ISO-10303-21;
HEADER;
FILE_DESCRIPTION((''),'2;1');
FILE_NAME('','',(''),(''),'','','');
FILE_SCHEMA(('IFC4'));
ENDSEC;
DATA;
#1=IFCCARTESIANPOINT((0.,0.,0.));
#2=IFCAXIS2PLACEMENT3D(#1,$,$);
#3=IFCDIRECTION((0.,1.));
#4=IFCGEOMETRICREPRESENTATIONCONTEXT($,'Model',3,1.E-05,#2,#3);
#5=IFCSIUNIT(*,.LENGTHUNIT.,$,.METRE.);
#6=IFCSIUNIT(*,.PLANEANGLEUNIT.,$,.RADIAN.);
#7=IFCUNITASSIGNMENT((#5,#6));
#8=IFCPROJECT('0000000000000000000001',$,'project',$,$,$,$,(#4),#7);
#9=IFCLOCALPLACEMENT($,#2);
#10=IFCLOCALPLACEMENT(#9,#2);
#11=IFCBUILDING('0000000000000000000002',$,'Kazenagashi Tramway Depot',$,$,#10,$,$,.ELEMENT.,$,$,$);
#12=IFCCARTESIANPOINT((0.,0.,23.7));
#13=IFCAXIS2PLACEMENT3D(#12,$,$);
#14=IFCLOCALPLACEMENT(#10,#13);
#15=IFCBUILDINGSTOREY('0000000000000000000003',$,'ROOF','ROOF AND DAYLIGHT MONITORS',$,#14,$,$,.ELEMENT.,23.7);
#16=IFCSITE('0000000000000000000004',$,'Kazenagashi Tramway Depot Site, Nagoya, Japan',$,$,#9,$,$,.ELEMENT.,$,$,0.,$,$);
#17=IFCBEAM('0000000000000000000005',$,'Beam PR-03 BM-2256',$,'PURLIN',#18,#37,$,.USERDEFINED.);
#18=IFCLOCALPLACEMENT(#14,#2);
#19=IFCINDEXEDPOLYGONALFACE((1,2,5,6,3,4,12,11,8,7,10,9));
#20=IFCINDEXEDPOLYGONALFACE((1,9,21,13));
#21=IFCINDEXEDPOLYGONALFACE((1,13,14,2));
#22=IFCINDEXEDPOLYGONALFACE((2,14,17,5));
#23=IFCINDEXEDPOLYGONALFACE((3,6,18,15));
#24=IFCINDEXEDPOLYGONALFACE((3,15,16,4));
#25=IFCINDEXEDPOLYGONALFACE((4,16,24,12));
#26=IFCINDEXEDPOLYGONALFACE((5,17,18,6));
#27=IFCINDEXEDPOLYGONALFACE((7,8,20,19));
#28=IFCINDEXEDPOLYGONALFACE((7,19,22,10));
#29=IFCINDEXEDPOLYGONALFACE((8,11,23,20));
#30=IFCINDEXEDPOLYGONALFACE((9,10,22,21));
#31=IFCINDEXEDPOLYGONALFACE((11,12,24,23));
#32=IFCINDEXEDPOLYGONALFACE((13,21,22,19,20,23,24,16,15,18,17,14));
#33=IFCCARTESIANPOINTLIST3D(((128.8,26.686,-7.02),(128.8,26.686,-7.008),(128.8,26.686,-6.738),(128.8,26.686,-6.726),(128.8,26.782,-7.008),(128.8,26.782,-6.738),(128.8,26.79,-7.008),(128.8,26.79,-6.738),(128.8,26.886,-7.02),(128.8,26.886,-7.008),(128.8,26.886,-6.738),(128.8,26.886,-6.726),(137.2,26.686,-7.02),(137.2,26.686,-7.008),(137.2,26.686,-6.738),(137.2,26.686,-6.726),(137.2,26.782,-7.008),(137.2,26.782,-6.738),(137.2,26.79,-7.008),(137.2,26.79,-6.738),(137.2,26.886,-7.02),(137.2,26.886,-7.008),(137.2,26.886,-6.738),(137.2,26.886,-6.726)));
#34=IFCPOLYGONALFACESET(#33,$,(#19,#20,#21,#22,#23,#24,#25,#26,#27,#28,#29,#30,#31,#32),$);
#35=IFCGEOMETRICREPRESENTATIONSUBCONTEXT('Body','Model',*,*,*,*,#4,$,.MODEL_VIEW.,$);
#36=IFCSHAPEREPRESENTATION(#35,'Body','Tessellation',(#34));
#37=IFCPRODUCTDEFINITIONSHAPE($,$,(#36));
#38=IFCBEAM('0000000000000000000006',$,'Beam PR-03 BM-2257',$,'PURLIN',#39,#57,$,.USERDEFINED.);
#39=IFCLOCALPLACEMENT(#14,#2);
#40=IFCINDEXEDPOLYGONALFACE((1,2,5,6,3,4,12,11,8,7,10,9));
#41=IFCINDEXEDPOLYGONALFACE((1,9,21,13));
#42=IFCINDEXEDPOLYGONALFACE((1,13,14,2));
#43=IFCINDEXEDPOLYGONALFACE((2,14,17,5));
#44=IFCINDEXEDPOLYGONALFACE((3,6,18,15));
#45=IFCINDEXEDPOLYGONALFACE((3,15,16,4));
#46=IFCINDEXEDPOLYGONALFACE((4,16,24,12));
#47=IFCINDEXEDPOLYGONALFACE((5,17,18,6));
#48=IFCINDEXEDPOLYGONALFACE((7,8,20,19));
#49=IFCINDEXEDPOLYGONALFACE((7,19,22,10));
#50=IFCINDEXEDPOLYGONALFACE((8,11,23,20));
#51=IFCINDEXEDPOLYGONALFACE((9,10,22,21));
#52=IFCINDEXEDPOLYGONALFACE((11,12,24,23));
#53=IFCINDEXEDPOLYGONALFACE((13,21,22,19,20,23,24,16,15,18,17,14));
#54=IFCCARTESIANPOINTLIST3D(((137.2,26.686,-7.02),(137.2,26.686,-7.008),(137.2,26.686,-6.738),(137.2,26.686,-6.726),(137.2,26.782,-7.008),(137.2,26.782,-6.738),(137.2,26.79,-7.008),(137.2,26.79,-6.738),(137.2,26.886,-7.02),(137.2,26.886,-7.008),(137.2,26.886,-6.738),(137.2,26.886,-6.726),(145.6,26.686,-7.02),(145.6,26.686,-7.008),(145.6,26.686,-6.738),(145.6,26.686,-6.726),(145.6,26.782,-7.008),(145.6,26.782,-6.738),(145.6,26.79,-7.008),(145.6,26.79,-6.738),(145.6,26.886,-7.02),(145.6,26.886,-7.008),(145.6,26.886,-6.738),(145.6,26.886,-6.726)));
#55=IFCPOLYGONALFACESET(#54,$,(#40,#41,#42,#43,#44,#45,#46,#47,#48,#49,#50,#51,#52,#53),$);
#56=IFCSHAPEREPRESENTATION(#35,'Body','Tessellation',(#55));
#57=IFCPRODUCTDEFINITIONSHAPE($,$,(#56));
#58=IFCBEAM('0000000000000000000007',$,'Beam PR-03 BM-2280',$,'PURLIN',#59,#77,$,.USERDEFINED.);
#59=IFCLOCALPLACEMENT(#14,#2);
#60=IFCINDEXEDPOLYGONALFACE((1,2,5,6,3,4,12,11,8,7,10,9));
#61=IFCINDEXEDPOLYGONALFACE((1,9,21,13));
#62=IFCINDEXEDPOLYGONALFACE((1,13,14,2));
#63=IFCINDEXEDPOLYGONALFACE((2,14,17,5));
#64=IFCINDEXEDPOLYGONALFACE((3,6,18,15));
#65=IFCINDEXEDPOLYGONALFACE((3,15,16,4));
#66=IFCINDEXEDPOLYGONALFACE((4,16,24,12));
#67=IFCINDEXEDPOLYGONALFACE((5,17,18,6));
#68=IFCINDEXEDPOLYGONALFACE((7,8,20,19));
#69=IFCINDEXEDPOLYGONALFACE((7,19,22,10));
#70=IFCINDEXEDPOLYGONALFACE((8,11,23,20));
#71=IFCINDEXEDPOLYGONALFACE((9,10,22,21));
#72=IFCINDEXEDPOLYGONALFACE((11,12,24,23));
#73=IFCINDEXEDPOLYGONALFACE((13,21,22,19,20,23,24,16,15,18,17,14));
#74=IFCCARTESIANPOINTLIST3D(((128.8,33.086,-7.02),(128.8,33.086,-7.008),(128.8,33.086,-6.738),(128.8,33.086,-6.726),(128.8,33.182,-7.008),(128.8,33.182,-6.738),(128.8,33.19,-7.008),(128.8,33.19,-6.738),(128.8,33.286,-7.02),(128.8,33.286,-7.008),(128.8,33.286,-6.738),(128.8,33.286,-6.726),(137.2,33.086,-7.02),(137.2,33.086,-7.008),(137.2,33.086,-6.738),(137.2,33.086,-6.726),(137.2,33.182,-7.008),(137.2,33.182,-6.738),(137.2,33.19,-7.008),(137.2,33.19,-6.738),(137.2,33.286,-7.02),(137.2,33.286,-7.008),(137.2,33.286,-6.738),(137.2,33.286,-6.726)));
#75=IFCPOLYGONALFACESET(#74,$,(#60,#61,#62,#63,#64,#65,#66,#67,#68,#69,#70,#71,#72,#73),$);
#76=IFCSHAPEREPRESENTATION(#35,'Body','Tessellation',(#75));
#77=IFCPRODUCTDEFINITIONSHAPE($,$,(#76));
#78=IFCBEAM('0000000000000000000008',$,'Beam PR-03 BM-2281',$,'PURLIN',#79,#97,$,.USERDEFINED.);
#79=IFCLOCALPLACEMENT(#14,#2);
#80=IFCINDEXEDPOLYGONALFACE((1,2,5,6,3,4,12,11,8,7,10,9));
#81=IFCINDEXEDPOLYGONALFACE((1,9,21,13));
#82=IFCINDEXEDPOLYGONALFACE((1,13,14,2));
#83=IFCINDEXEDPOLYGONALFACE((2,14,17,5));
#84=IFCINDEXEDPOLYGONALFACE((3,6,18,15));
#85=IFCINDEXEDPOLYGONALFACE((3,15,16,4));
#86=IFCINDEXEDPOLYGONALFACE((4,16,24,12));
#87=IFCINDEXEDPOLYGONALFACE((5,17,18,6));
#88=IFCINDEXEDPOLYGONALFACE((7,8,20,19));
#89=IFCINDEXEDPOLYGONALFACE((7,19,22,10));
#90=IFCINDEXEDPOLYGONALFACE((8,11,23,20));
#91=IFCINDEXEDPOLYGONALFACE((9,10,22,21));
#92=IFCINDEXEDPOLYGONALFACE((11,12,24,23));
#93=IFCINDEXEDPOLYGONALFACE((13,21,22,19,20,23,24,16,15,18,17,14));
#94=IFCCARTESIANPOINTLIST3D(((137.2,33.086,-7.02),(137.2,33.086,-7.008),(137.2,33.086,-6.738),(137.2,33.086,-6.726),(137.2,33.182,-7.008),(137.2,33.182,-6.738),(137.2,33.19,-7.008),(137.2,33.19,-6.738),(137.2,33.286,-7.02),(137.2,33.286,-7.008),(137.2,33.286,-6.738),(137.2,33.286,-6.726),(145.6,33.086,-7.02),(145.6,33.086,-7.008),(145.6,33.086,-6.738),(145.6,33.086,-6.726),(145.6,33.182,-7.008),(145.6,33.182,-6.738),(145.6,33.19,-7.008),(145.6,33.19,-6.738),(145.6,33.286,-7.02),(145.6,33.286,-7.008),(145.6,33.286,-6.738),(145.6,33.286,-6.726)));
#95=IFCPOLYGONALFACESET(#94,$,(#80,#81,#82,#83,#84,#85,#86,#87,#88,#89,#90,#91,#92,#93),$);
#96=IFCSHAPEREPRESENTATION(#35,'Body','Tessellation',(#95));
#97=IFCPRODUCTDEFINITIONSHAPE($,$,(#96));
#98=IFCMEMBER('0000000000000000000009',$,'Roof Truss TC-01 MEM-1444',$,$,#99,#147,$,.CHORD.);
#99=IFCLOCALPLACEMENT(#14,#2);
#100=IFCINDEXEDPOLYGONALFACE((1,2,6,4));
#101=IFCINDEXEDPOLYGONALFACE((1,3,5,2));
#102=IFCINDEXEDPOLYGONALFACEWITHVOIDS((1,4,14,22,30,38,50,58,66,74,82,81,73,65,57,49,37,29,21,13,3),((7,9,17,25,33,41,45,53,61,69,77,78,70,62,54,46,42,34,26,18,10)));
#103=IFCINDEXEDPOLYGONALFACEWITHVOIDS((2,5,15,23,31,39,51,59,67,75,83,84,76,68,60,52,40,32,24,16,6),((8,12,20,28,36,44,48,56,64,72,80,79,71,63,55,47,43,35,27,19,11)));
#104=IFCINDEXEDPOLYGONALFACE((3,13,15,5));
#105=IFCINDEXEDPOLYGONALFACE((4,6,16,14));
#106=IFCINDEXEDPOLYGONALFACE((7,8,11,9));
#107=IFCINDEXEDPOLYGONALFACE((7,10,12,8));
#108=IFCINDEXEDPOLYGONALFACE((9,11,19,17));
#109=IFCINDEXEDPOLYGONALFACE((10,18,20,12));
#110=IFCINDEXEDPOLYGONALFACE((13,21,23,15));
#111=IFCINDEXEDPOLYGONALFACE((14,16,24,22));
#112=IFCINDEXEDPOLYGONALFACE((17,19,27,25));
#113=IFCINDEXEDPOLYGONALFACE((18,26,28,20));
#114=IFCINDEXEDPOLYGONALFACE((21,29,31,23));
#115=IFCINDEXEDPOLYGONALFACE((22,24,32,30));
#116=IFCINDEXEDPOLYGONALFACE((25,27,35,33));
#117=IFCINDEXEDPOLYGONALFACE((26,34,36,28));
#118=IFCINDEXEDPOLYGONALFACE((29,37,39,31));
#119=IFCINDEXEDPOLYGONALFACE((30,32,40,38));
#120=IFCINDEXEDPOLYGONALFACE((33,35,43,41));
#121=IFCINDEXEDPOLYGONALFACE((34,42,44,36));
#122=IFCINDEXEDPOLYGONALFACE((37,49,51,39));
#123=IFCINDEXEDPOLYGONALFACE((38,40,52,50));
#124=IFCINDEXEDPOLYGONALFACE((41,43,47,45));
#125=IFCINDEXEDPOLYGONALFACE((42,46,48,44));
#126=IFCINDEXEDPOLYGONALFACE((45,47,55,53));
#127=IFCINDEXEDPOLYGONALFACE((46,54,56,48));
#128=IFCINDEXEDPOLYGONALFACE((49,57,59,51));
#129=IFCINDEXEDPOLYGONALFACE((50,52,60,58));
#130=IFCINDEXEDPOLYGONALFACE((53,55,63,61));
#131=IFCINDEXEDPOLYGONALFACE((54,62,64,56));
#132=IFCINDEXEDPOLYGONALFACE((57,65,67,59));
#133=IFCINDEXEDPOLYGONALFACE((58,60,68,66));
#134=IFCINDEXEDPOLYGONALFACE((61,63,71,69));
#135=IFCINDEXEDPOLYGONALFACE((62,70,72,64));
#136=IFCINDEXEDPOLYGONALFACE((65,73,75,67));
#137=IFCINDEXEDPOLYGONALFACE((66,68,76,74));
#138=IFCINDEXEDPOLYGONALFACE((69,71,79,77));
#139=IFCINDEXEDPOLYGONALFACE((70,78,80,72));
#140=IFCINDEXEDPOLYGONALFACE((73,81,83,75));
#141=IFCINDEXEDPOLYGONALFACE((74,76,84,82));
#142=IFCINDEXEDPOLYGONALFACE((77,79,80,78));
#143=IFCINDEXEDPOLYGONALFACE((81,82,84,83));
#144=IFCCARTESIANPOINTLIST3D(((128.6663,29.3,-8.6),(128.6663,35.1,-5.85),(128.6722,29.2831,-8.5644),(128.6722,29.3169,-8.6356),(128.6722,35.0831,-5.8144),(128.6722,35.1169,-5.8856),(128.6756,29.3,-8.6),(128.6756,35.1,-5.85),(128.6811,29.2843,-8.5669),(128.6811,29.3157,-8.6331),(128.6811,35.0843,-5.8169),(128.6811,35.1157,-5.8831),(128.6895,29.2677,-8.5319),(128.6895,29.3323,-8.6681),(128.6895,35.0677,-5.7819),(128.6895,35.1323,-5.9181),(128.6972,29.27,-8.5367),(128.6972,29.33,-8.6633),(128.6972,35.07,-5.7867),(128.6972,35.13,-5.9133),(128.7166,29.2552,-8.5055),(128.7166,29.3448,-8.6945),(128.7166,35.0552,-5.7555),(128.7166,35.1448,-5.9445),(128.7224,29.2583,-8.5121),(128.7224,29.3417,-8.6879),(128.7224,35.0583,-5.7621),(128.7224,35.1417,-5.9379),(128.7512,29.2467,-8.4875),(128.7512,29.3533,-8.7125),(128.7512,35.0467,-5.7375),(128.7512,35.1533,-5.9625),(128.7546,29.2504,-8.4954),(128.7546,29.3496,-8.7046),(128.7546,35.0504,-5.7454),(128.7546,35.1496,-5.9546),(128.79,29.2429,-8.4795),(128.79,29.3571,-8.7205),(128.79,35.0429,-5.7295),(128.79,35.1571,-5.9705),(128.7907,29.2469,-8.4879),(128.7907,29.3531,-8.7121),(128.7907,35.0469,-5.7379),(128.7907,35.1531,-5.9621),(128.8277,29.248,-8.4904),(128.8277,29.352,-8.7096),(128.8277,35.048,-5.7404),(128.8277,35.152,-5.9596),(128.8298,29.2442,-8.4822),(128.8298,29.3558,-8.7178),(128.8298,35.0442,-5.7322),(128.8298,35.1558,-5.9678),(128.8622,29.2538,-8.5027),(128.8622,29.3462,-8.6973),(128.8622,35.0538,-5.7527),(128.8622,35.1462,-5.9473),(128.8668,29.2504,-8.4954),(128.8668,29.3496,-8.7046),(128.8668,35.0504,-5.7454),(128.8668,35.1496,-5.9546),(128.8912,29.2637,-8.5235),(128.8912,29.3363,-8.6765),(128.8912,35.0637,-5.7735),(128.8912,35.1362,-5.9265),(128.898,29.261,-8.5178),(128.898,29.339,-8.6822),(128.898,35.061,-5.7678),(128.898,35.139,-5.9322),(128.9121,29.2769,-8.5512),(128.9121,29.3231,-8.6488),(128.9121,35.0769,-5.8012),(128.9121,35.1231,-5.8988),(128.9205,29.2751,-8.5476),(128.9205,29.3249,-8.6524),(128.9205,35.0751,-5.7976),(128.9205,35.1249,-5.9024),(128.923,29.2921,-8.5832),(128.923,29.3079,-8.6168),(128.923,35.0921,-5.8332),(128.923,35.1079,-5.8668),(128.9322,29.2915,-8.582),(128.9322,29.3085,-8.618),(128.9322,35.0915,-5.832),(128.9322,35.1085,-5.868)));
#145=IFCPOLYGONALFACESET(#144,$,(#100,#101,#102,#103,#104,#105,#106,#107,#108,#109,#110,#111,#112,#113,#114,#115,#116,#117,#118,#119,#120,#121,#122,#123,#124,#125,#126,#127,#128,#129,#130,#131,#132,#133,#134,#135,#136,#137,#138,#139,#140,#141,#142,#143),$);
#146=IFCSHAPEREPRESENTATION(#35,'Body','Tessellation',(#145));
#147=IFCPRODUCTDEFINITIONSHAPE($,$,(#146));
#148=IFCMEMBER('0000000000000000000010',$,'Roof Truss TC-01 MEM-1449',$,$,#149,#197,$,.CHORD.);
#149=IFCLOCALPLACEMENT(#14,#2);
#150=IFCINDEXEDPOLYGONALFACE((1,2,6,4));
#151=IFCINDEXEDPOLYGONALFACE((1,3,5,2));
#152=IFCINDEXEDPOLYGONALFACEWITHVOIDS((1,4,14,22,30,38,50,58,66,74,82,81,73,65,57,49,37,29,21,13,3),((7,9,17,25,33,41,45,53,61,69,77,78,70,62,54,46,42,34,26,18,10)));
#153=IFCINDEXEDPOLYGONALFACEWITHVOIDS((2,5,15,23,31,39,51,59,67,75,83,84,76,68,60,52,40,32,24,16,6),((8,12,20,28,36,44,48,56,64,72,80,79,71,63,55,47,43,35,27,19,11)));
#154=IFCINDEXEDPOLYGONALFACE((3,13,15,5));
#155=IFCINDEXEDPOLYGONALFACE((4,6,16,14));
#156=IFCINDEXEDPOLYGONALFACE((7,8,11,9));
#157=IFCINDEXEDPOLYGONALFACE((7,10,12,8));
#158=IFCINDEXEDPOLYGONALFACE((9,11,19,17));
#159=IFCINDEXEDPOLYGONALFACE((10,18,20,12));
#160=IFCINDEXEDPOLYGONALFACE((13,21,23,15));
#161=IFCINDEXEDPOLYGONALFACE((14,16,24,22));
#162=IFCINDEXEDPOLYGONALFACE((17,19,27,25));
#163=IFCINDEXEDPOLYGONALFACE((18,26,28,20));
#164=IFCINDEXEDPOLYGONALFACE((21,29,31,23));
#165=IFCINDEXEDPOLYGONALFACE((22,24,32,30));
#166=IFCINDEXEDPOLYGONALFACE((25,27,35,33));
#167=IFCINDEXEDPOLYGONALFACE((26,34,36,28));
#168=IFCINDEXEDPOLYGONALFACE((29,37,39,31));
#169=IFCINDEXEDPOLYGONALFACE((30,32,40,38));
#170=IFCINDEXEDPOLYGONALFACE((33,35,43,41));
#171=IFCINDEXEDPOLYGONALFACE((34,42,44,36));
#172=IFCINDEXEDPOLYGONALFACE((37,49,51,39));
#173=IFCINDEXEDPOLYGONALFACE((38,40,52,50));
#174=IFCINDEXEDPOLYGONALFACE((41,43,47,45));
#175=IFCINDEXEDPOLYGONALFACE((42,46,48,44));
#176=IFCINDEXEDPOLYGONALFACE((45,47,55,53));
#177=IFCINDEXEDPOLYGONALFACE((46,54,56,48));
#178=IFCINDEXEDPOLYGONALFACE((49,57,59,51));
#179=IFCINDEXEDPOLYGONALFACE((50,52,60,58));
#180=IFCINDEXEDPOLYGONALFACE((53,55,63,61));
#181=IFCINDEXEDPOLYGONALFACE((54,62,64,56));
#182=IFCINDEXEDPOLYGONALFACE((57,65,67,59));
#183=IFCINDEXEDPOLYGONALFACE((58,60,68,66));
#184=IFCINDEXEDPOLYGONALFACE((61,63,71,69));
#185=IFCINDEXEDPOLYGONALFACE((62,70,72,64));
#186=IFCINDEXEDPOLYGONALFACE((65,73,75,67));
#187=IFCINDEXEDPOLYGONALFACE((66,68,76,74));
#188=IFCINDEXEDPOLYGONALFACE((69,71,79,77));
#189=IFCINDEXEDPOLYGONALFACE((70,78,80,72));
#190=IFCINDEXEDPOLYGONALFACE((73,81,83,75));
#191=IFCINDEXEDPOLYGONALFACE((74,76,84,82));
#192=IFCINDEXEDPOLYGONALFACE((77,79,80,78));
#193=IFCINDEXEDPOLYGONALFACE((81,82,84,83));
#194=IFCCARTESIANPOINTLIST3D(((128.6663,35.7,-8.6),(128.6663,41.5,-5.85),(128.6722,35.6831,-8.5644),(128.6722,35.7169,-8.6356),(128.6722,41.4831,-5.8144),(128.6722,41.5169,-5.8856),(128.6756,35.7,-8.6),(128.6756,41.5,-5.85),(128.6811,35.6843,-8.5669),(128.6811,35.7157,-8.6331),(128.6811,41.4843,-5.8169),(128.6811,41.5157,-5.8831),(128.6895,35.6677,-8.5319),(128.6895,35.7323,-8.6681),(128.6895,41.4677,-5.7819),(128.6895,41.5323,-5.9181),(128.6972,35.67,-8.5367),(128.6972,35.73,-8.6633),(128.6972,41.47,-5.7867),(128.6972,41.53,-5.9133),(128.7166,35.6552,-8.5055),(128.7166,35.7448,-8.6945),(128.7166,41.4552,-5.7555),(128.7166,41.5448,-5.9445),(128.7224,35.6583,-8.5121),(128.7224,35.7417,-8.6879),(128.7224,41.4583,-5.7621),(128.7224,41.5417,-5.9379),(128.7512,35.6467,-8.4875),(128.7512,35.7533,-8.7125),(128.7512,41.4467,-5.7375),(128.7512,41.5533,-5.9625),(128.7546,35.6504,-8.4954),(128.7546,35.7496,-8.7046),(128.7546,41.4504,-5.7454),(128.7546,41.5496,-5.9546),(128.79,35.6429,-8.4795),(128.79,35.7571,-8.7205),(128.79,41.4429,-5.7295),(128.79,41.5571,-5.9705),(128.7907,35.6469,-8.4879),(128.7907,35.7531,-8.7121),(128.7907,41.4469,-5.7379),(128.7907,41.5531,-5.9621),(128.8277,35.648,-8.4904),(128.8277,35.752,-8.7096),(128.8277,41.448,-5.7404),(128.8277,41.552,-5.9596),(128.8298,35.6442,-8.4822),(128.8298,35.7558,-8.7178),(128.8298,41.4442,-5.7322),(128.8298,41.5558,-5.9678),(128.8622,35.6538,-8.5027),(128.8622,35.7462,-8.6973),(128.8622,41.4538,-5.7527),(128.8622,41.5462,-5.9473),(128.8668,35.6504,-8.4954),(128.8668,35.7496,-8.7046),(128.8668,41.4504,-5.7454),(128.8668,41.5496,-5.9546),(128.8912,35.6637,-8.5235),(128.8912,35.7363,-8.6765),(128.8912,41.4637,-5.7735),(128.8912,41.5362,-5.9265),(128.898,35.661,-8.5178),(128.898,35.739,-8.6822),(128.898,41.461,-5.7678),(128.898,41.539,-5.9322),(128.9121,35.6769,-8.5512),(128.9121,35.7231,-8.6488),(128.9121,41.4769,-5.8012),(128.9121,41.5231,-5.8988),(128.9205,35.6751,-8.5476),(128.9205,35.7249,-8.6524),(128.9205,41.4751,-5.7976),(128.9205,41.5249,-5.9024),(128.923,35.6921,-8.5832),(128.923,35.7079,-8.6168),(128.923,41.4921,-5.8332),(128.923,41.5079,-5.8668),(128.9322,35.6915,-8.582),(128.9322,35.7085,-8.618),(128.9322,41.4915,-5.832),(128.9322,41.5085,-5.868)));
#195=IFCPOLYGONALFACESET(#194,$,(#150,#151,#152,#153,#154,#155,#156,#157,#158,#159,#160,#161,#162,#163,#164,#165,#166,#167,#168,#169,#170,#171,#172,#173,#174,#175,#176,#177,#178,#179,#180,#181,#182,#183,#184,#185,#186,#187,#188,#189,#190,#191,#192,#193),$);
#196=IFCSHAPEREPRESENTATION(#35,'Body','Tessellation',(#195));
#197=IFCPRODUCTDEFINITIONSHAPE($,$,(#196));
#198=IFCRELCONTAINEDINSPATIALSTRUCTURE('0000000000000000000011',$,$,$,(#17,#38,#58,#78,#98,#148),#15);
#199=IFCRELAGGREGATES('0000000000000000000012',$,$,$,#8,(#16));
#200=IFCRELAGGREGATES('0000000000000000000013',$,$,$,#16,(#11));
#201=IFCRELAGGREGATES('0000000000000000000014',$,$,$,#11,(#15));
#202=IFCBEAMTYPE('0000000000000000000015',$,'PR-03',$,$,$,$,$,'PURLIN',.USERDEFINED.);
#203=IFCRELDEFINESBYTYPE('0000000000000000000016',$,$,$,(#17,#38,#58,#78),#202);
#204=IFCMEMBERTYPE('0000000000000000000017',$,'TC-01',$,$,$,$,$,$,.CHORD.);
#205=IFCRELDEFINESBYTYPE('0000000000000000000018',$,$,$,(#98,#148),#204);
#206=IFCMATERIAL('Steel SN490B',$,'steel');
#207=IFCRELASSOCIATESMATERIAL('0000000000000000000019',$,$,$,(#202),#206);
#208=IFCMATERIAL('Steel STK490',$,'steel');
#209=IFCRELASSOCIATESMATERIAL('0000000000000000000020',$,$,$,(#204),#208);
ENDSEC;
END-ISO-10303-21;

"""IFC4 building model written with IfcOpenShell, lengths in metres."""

from ifc_helpers import new_model, si_unit, direction, frame, origin, origin_2d, place, context, subcontext, project, spatial, hollow_circle, i_section, extrude, material, material_profile, profile_set, type_object, element, save


model = new_model("IFC4")

# Units and contexts
model_context = context("Model", 3, precision=1e-05, world=origin(), true_north=direction((0.0, 1.0)))
body_context = subcontext(model_context, "Body", "Model", "MODEL_VIEW")
ifc_project = project(units=[si_unit("LENGTHUNIT", "METRE"), si_unit("PLANEANGLEUNIT", "RADIAN")], contexts=[model_context])

# Site, building, storey
site_placement = place(None, origin())
site = spatial("IfcSite", under=ifc_project, at=site_placement, Name="Kazenagashi Tramway Depot Site, Nagoya, Japan", CompositionType="ELEMENT", RefElevation=0.0)
building_placement = place(site_placement, origin())
building = spatial("IfcBuilding", under=site, at=building_placement, Name="Kazenagashi Tramway Depot", CompositionType="ELEMENT")
storey_placement = place(building_placement, frame((0.0, 0.0, 23.7)))
storey = spatial("IfcBuildingStorey", under=building, at=storey_placement, Name="ROOF", Description="ROOF AND DAYLIGHT MONITORS", CompositionType="ELEMENT", Elevation=23.7)

# Beams
ifc_material_1 = material(Name="Steel SN490B", Category="steel")
ifc_material_profile_1 = material_profile(ifc_material_1, i_section(OverallWidth=0.2, OverallDepth=0.294, WebThickness=0.008, FlangeThickness=0.012, at=origin_2d()), Name="H-294x200x8x12")
ifc_profile_set_1 = profile_set([ifc_material_profile_1], Name="Steel SN490B")
beam_type_1 = type_object("IfcBeamType", Name="PR-03", ElementType="PURLIN", PredefinedType="USERDEFINED", material=ifc_profile_set_1)
for number, where, z_axis, x_axis, name in (
    (1, (128.8, 26.786, -6.873), (1.0, 0.0, 0.0), (0.0, 1.0, 0.0), "Beam PR-03 BM-2256"),
    (2, (137.2, 26.786, -6.873), (1.0, 0.0, 0.0), (0.0, 1.0, 0.0), "Beam PR-03 BM-2257"),
    (3, (128.8, 33.186, -6.873), (1.0, 0.0, 0.0), (0.0, 1.0, 0.0), "Beam PR-03 BM-2280"),
    (4, (137.2, 33.186, -6.873), (1.0, 0.0, 0.0), (0.0, 1.0, 0.0), "Beam PR-03 BM-2281"),
):
    element("IfcBeam", number, at=place(storey_placement, frame(where, z_axis=z_axis, x_axis=x_axis)), inside=storey, type_object=beam_type_1, Name=name, ObjectType="PURLIN", PredefinedType="USERDEFINED", context=body_context, shape_type="SweptSolid", body=[
        extrude(i_section(OverallWidth=0.2, OverallDepth=0.294, WebThickness=0.008, FlangeThickness=0.012, at=origin_2d()), origin(), (0.0, 0.0, 1.0), 8.4),
    ])

# Members
ifc_material_2 = material(Name="Steel STK490", Category="steel")
ifc_material_profile_2 = material_profile(ifc_material_2, hollow_circle(Radius=0.1337, WallThickness=0.0093, at=origin_2d()), Name="CHS-267.4x9.3")
ifc_profile_set_2 = profile_set([ifc_material_profile_2], Name="Steel STK490")
member_type_1 = type_object("IfcMemberType", Name="TC-01", PredefinedType="CHORD", material=ifc_profile_set_2)
for number, where, z_axis, x_axis, name in (
    (5, (128.8, 29.3, -8.6), (0.0, 0.903579, 0.428421), (-1.0, 0.0, 0.0), "Roof Truss TC-01 MEM-1444"),
    (6, (128.8, 35.7, -8.6), (0.0, 0.903579, 0.428421), (-1.0, 0.0, 0.0), "Roof Truss TC-01 MEM-1449"),
):
    element("IfcMember", number, at=place(storey_placement, frame(where, z_axis=z_axis, x_axis=x_axis)), inside=storey, type_object=member_type_1, Name=name, PredefinedType="CHORD", context=body_context, shape_type="SweptSolid", body=[
        extrude(hollow_circle(Radius=0.1337, WallThickness=0.0093, at=origin_2d()), origin(), (0.0, 0.0, 1.0), 6.4189),
    ])

save(model, "model.ifc")
